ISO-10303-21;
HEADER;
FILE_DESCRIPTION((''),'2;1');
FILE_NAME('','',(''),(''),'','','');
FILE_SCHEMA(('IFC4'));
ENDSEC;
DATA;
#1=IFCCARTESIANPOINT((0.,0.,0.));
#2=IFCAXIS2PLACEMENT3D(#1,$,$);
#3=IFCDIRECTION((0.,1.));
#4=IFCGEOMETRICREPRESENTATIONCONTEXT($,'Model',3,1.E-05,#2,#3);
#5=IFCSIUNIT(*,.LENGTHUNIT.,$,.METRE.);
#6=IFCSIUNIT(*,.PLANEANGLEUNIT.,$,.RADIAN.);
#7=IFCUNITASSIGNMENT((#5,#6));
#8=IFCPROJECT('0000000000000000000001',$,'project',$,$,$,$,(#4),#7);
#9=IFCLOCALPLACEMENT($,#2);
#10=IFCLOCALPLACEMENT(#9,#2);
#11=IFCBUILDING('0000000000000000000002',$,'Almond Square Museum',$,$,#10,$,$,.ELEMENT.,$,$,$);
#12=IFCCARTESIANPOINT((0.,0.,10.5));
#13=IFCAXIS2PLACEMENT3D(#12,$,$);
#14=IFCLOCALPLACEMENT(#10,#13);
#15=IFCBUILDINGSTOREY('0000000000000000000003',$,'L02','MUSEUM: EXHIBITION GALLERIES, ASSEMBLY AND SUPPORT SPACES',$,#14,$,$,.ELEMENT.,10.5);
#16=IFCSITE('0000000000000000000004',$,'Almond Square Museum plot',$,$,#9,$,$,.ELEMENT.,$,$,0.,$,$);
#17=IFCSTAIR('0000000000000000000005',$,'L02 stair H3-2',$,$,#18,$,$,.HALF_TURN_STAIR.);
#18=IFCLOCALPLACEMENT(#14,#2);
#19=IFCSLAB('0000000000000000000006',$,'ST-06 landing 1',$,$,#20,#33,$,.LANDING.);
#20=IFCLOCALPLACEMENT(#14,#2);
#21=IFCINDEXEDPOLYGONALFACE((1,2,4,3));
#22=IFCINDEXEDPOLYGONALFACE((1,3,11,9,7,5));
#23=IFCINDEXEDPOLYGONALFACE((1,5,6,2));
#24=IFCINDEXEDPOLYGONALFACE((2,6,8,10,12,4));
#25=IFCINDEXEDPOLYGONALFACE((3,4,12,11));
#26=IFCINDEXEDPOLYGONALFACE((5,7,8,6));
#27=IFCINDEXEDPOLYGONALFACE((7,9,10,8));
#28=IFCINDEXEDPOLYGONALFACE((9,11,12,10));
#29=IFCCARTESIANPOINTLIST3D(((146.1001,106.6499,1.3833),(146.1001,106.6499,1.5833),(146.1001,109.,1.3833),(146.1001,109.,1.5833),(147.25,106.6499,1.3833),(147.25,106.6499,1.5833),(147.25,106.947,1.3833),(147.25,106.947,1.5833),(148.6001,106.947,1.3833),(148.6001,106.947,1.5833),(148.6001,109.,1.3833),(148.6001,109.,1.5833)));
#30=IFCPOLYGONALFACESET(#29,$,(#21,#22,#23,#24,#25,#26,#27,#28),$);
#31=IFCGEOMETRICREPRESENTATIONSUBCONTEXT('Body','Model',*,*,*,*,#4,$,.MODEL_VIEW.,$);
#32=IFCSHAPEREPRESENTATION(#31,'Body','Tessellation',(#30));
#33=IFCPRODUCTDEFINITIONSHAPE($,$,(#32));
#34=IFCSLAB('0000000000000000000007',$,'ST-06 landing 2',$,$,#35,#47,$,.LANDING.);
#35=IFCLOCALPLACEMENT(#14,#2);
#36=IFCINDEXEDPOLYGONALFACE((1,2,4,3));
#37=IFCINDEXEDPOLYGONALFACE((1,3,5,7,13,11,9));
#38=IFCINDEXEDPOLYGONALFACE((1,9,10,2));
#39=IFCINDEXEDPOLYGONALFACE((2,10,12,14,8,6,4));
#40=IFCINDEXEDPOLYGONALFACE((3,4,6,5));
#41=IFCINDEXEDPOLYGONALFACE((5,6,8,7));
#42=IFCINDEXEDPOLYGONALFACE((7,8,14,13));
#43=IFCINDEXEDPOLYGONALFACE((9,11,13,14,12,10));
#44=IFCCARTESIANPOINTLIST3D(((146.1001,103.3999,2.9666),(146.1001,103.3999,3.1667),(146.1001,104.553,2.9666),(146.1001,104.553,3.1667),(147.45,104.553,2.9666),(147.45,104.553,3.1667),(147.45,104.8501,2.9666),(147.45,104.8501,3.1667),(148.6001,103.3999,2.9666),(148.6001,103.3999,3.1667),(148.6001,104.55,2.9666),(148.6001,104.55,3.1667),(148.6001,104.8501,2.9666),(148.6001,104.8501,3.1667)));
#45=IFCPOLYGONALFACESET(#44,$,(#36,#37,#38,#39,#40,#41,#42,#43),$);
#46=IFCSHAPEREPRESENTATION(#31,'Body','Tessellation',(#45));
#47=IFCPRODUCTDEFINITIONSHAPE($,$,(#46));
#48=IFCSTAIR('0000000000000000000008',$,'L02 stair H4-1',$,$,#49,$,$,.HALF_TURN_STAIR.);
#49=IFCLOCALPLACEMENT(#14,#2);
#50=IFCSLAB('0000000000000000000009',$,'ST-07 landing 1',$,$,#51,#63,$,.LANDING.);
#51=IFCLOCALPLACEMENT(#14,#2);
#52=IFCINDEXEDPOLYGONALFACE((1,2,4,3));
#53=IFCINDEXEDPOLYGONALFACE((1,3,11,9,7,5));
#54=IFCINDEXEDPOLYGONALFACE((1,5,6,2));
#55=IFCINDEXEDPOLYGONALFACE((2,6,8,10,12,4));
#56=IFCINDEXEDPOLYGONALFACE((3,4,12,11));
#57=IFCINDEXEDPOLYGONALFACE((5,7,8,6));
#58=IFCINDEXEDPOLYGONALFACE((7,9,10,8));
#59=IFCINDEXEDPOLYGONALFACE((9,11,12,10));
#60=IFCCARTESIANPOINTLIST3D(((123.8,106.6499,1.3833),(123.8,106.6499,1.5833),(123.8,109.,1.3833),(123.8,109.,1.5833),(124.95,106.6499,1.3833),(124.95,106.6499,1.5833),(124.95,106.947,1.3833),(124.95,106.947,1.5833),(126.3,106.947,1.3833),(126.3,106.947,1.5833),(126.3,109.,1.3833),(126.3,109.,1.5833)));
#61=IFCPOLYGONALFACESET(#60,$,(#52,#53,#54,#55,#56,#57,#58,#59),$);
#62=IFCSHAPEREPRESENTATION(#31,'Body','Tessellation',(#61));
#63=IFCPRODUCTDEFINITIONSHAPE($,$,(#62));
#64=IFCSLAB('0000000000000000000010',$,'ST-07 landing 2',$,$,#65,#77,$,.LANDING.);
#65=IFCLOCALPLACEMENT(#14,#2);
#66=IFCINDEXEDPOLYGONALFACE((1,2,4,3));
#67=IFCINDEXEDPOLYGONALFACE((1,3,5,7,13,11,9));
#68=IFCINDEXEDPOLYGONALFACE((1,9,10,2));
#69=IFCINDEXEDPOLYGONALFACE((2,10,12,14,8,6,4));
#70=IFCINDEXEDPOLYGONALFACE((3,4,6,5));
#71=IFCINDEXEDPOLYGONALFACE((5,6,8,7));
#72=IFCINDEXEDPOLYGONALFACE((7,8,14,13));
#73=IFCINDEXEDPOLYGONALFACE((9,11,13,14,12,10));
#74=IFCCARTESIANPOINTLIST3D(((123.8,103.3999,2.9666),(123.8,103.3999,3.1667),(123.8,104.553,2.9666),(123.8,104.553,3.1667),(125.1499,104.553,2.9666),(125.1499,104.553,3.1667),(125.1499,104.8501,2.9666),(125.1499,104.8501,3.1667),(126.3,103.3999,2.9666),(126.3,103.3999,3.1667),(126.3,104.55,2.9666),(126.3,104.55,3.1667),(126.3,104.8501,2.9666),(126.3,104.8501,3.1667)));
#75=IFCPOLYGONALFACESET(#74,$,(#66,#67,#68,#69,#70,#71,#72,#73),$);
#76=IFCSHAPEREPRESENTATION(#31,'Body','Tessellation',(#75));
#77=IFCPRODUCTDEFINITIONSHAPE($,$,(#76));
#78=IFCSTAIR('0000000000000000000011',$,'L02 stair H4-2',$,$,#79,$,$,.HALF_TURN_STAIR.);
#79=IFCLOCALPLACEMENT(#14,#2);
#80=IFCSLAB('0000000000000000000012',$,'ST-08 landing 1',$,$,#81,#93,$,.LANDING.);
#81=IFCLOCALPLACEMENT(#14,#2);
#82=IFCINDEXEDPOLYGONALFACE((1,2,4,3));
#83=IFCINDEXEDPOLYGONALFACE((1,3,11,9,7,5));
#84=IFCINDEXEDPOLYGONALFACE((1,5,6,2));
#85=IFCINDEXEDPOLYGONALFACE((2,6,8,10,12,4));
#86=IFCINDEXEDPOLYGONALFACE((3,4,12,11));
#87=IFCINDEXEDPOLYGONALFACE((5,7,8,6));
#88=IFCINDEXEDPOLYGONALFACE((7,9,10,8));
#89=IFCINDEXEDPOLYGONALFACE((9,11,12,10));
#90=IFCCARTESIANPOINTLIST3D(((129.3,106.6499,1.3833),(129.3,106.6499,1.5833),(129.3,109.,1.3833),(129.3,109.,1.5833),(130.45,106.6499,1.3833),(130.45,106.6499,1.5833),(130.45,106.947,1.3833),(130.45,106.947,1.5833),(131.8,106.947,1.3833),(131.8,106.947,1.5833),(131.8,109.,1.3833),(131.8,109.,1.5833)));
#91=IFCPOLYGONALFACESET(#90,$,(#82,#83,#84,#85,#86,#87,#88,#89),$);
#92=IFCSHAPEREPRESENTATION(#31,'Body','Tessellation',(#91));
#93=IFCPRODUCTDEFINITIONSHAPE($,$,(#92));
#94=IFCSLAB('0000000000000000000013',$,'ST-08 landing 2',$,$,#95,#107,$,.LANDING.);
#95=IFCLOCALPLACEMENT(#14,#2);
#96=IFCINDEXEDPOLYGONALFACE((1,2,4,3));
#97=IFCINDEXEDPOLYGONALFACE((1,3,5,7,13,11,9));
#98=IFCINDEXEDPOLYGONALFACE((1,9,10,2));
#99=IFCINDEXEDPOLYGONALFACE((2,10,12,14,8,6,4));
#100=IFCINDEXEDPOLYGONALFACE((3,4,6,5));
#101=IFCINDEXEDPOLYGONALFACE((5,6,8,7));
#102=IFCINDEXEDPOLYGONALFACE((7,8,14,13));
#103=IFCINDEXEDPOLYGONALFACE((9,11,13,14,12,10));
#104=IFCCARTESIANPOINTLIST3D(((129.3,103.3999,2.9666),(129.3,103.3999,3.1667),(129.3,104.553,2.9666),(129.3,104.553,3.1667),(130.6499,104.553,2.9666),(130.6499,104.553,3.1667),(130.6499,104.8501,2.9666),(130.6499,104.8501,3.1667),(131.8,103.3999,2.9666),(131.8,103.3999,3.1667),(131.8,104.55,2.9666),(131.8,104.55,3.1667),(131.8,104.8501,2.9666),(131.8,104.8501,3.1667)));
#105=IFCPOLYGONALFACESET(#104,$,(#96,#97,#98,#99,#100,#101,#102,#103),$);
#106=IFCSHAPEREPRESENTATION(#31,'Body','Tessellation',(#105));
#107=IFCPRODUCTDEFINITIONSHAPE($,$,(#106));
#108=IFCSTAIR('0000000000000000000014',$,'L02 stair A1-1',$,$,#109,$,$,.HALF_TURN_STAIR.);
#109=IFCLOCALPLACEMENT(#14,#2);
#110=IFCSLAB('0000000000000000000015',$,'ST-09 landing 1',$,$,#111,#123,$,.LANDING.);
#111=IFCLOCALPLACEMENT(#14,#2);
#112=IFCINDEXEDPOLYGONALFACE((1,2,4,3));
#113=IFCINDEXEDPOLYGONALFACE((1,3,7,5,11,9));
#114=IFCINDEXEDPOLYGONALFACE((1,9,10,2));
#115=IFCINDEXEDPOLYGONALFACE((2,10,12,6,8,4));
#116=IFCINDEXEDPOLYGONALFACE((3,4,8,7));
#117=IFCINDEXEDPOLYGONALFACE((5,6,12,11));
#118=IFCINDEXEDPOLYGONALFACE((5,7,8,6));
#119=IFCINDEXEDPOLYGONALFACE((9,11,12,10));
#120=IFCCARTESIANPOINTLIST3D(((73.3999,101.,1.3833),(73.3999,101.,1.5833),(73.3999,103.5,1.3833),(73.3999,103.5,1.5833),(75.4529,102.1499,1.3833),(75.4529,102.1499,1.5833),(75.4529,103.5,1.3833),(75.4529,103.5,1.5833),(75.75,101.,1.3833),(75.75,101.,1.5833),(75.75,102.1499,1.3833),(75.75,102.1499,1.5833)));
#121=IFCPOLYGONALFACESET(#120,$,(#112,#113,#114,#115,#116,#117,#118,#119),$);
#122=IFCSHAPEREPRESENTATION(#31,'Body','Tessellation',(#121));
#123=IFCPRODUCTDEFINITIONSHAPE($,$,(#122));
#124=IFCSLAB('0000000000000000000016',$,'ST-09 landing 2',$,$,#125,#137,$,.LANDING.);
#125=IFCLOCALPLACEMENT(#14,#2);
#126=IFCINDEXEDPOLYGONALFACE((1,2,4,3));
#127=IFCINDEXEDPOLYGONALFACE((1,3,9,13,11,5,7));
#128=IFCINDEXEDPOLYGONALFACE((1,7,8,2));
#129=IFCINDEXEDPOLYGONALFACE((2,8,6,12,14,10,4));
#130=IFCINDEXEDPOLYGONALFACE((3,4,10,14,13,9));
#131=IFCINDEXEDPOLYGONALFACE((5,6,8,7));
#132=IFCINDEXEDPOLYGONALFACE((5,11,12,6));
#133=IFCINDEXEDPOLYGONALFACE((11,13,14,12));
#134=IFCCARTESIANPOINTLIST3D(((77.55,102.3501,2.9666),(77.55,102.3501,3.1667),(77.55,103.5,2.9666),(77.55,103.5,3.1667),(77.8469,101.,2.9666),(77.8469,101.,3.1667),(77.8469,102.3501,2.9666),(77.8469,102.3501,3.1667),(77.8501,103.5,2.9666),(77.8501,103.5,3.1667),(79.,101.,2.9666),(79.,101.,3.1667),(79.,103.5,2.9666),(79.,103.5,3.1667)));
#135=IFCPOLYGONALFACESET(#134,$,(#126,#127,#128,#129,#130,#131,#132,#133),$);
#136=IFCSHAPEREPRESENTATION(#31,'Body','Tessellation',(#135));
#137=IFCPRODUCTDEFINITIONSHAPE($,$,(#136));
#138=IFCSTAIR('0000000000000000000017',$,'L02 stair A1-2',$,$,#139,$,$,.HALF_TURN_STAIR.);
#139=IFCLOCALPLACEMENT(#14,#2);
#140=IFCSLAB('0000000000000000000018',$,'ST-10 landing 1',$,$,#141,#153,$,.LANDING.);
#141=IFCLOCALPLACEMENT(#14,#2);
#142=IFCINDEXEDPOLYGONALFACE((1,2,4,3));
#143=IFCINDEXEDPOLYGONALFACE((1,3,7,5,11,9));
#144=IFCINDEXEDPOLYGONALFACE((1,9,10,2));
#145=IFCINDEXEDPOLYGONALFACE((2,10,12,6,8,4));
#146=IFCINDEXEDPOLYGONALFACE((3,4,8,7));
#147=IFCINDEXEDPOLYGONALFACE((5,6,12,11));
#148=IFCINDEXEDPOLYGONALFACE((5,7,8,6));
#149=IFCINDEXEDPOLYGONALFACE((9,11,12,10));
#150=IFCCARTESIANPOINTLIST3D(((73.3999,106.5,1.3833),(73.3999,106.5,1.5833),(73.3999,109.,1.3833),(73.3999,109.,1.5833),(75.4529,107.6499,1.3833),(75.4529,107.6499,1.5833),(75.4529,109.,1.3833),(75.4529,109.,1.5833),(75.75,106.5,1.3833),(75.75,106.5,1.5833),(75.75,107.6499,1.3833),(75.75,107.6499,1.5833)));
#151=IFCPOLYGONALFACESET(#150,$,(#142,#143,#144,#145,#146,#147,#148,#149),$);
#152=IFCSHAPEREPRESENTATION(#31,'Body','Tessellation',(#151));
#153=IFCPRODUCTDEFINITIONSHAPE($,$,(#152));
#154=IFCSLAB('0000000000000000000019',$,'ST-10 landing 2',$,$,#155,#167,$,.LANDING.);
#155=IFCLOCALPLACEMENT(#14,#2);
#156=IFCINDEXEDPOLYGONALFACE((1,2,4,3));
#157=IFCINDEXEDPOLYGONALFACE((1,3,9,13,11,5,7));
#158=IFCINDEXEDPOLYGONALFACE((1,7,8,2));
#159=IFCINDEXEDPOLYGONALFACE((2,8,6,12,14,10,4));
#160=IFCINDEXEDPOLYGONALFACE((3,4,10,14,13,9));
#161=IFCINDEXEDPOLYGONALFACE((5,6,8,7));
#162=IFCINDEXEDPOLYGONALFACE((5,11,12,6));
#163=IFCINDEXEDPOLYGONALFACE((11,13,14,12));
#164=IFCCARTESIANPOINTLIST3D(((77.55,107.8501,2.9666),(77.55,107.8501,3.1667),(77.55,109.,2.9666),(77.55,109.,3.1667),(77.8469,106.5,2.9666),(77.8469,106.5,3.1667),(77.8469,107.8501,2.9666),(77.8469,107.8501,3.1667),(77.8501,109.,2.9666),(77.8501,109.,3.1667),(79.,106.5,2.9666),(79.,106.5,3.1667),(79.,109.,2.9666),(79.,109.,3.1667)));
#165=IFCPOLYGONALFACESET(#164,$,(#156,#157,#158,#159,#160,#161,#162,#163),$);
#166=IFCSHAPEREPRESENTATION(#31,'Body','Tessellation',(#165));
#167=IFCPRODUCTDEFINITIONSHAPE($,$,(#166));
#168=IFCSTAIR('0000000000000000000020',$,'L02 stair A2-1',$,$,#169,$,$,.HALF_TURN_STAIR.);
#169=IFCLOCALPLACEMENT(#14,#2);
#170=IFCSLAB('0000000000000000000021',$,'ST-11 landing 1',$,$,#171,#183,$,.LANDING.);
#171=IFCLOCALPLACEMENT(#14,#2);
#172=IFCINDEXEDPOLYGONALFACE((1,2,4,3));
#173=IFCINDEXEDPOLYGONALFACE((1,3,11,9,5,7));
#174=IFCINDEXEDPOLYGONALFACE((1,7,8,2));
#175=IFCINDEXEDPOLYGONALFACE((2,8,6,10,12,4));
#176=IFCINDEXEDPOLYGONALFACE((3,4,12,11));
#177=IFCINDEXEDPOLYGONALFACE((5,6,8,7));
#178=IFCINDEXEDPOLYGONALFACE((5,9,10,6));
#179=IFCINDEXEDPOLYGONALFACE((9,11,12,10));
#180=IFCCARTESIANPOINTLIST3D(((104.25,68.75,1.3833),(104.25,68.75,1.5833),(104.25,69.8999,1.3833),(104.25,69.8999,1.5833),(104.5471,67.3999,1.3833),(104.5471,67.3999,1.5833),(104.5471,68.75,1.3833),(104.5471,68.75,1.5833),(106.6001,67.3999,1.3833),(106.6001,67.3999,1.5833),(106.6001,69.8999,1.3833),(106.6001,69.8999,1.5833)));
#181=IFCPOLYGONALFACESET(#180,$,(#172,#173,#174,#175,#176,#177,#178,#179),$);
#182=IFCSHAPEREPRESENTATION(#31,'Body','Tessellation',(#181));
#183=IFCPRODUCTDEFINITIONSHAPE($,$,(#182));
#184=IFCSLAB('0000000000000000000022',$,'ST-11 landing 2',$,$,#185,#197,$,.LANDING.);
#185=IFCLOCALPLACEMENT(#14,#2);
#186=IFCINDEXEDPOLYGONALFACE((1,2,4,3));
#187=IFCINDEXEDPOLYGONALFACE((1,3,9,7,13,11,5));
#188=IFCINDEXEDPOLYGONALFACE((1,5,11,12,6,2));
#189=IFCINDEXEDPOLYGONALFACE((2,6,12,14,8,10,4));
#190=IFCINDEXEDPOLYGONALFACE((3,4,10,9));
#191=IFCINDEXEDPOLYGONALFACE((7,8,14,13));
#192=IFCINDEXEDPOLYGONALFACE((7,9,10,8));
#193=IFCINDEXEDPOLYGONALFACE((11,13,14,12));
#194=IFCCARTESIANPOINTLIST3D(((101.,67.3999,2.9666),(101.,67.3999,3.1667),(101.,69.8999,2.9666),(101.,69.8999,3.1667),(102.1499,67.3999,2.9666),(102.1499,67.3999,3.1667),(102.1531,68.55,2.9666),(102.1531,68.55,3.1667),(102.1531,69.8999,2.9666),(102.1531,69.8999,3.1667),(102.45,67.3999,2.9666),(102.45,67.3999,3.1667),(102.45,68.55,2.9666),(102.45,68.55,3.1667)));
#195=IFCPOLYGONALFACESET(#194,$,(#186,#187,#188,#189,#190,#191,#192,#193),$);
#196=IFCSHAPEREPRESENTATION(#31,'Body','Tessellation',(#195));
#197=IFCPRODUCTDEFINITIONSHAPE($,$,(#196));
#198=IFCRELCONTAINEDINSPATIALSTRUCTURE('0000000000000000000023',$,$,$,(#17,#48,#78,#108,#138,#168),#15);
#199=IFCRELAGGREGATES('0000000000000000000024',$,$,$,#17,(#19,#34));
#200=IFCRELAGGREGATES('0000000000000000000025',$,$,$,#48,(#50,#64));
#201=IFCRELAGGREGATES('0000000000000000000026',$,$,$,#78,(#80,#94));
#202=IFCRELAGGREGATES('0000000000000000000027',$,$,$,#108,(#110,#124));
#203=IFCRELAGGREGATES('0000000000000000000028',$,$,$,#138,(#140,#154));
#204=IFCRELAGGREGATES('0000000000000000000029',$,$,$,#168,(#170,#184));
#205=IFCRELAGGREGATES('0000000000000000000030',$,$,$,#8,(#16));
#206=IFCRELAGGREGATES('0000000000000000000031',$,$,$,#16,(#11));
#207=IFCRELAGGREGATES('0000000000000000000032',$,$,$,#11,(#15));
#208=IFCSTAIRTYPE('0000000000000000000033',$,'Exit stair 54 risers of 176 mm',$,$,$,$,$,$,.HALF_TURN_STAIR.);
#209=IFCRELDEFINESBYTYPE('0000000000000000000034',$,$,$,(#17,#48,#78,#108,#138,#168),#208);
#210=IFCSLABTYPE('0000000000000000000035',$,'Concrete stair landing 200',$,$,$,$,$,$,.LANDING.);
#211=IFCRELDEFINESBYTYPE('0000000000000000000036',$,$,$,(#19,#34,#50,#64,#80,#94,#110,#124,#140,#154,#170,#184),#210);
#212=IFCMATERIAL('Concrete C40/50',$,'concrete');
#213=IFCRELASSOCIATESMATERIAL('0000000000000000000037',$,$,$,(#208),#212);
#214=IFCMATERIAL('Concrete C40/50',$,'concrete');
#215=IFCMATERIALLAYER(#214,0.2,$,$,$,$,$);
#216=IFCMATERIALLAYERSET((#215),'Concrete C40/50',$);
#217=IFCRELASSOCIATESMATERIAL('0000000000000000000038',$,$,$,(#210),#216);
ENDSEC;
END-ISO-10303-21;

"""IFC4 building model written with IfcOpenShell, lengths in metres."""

from ifc_helpers import new_model, si_unit, direction, frame, origin, place, context, subcontext, project, spatial, polyline, outline, extrude, material, layer, layer_set, type_object, element, aggregate, save


model = new_model("IFC4")

# Units and contexts
model_context = context("Model", 3, precision=1e-05, world=origin(), true_north=direction((0.0, 1.0)))
body_context = subcontext(model_context, "Body", "Model", "MODEL_VIEW")
ifc_project = project(units=[si_unit("LENGTHUNIT", "METRE"), si_unit("PLANEANGLEUNIT", "RADIAN")], contexts=[model_context])

# Site, building, storey
site_placement = place(None, origin())
site = spatial("IfcSite", under=ifc_project, at=site_placement, Name="Almond Square Museum plot", CompositionType="ELEMENT", RefElevation=0.0)
building_placement = place(site_placement, origin())
building = spatial("IfcBuilding", under=site, at=building_placement, Name="Almond Square Museum", CompositionType="ELEMENT")
storey_placement = place(building_placement, frame((0.0, 0.0, 10.5)))
storey = spatial("IfcBuildingStorey", under=building, at=storey_placement, Name="L02", Description="MUSEUM: EXHIBITION GALLERIES, ASSEMBLY AND SUPPORT SPACES", CompositionType="ELEMENT", Elevation=10.5)

# Stairs, slabs
ifc_material_1 = material(Name="Concrete C40/50", Category="concrete")
stair_type = type_object("IfcStairType", Name="Exit stair 54 risers of 176 mm", PredefinedType="HALF_TURN_STAIR", material=ifc_material_1)
ifc_material_2 = material(Name="Concrete C40/50", Category="concrete")
ifc_layer_1 = layer(ifc_material_2, 0.2)
ifc_layer_set_1 = layer_set([ifc_layer_1], Name="Concrete C40/50")
slab_type_1 = type_object("IfcSlabType", Name="Concrete stair landing 200", PredefinedType="LANDING", material=ifc_layer_set_1)
stair_1_placement = place(storey_placement, origin())
stair_1 = element("IfcStair", 1, at=stair_1_placement, inside=storey, type_object=stair_type, Name="L02 stair H3-2", PredefinedType="HALF_TURN_STAIR")
slab_1_placement = place(storey_placement, frame((0.0, 0.0, 1.3833)))
slab_1 = element("IfcSlab", 2, at=slab_1_placement, type_object=slab_type_1, Name="ST-06 landing 1", PredefinedType="LANDING", context=body_context, shape_type="SweptSolid", body=[
    extrude(outline(polyline([(148.6001, 106.947), (148.6001, 109.0), (146.1001, 109.0), (146.1001, 106.6499), (147.25, 106.6499), (147.25, 106.947), (148.6001, 106.947)])), origin(), (0.0, 0.0, 1.0), 0.2),
])
slab_2_placement = place(storey_placement, frame((0.0, 0.0, 2.9666)))
slab_2 = element("IfcSlab", 3, at=slab_2_placement, type_object=slab_type_1, Name="ST-06 landing 2", PredefinedType="LANDING", context=body_context, shape_type="SweptSolid", body=[
    extrude(outline(polyline([(148.6001, 103.3999), (148.6001, 104.55), (148.6001, 104.8501), (147.45, 104.8501), (147.45, 104.553), (146.1001, 104.553), (146.1001, 103.3999), (148.6001, 103.3999)])), origin(), (0.0, 0.0, 1.0), 0.2002),
])
aggregate(stair_1, [slab_1, slab_2])
stair_2_placement = place(storey_placement, origin())
stair_2 = element("IfcStair", 4, at=stair_2_placement, inside=storey, type_object=stair_type, Name="L02 stair H4-1", PredefinedType="HALF_TURN_STAIR")
slab_3_placement = place(storey_placement, frame((0.0, 0.0, 1.3833)))
slab_3 = element("IfcSlab", 5, at=slab_3_placement, type_object=slab_type_1, Name="ST-07 landing 1", PredefinedType="LANDING", context=body_context, shape_type="SweptSolid", body=[
    extrude(outline(polyline([(126.3, 106.947), (126.3, 109.0), (123.8, 109.0), (123.8, 106.6499), (124.95, 106.6499), (124.95, 106.947), (126.3, 106.947)])), origin(), (0.0, 0.0, 1.0), 0.2),
])
slab_4_placement = place(storey_placement, frame((0.0, 0.0, 2.9666)))
slab_4 = element("IfcSlab", 6, at=slab_4_placement, type_object=slab_type_1, Name="ST-07 landing 2", PredefinedType="LANDING", context=body_context, shape_type="SweptSolid", body=[
    extrude(outline(polyline([(126.3, 103.3999), (126.3, 104.55), (126.3, 104.8501), (125.1499, 104.8501), (125.1499, 104.553), (123.8, 104.553), (123.8, 103.3999), (126.3, 103.3999)])), origin(), (0.0, 0.0, 1.0), 0.2002),
])
aggregate(stair_2, [slab_3, slab_4])
stair_3_placement = place(storey_placement, origin())
stair_3 = element("IfcStair", 7, at=stair_3_placement, inside=storey, type_object=stair_type, Name="L02 stair H4-2", PredefinedType="HALF_TURN_STAIR")
slab_5_placement = place(storey_placement, frame((0.0, 0.0, 1.3833)))
slab_5 = element("IfcSlab", 8, at=slab_5_placement, type_object=slab_type_1, Name="ST-08 landing 1", PredefinedType="LANDING", context=body_context, shape_type="SweptSolid", body=[
    extrude(outline(polyline([(131.8, 106.947), (131.8, 109.0), (129.3, 109.0), (129.3, 106.6499), (130.45, 106.6499), (130.45, 106.947), (131.8, 106.947)])), origin(), (0.0, 0.0, 1.0), 0.2),
])
slab_6_placement = place(storey_placement, frame((0.0, 0.0, 2.9666)))
slab_6 = element("IfcSlab", 9, at=slab_6_placement, type_object=slab_type_1, Name="ST-08 landing 2", PredefinedType="LANDING", context=body_context, shape_type="SweptSolid", body=[
    extrude(outline(polyline([(131.8, 103.3999), (131.8, 104.55), (131.8, 104.8501), (130.6499, 104.8501), (130.6499, 104.553), (129.3, 104.553), (129.3, 103.3999), (131.8, 103.3999)])), origin(), (0.0, 0.0, 1.0), 0.2002),
])
aggregate(stair_3, [slab_5, slab_6])
stair_4_placement = place(storey_placement, origin())
stair_4 = element("IfcStair", 10, at=stair_4_placement, inside=storey, type_object=stair_type, Name="L02 stair A1-1", PredefinedType="HALF_TURN_STAIR")
slab_7_placement = place(storey_placement, frame((0.0, 0.0, 1.3833)))
slab_7 = element("IfcSlab", 11, at=slab_7_placement, type_object=slab_type_1, Name="ST-09 landing 1", PredefinedType="LANDING", context=body_context, shape_type="SweptSolid", body=[
    extrude(outline(polyline([(75.4529, 103.5), (73.3999, 103.5), (73.3999, 101.0), (75.75, 101.0), (75.75, 102.1499), (75.4529, 102.1499), (75.4529, 103.5)])), origin(), (0.0, 0.0, 1.0), 0.2),
])
slab_8_placement = place(storey_placement, frame((0.0, 0.0, 2.9666)))
slab_8 = element("IfcSlab", 12, at=slab_8_placement, type_object=slab_type_1, Name="ST-09 landing 2", PredefinedType="LANDING", context=body_context, shape_type="SweptSolid", body=[
    extrude(outline(polyline([(79.0, 103.5), (77.8501, 103.5), (77.55, 103.5), (77.55, 102.3501), (77.8469, 102.3501), (77.8469, 101.0), (79.0, 101.0), (79.0, 103.5)])), origin(), (0.0, 0.0, 1.0), 0.2002),
])
aggregate(stair_4, [slab_7, slab_8])
stair_5_placement = place(storey_placement, origin())
stair_5 = element("IfcStair", 13, at=stair_5_placement, inside=storey, type_object=stair_type, Name="L02 stair A1-2", PredefinedType="HALF_TURN_STAIR")
slab_9_placement = place(storey_placement, frame((0.0, 0.0, 1.3833)))
slab_9 = element("IfcSlab", 14, at=slab_9_placement, type_object=slab_type_1, Name="ST-10 landing 1", PredefinedType="LANDING", context=body_context, shape_type="SweptSolid", body=[
    extrude(outline(polyline([(75.4529, 109.0), (73.3999, 109.0), (73.3999, 106.5), (75.75, 106.5), (75.75, 107.6499), (75.4529, 107.6499), (75.4529, 109.0)])), origin(), (0.0, 0.0, 1.0), 0.2),
])
slab_10_placement = place(storey_placement, frame((0.0, 0.0, 2.9666)))
slab_10 = element("IfcSlab", 15, at=slab_10_placement, type_object=slab_type_1, Name="ST-10 landing 2", PredefinedType="LANDING", context=body_context, shape_type="SweptSolid", body=[
    extrude(outline(polyline([(79.0, 109.0), (77.8501, 109.0), (77.55, 109.0), (77.55, 107.8501), (77.8469, 107.8501), (77.8469, 106.5), (79.0, 106.5), (79.0, 109.0)])), origin(), (0.0, 0.0, 1.0), 0.2002),
])
aggregate(stair_5, [slab_9, slab_10])
stair_6_placement = place(storey_placement, origin())
stair_6 = element("IfcStair", 16, at=stair_6_placement, inside=storey, type_object=stair_type, Name="L02 stair A2-1", PredefinedType="HALF_TURN_STAIR")
slab_11_placement = place(storey_placement, frame((0.0, 0.0, 1.3833)))
slab_11 = element("IfcSlab", 17, at=slab_11_placement, type_object=slab_type_1, Name="ST-11 landing 1", PredefinedType="LANDING", context=body_context, shape_type="SweptSolid", body=[
    extrude(outline(polyline([(104.5471, 67.3999), (106.6001, 67.3999), (106.6001, 69.8999), (104.25, 69.8999), (104.25, 68.75), (104.5471, 68.75), (104.5471, 67.3999)])), origin(), (0.0, 0.0, 1.0), 0.2),
])
slab_12_placement = place(storey_placement, frame((0.0, 0.0, 2.9666)))
slab_12 = element("IfcSlab", 18, at=slab_12_placement, type_object=slab_type_1, Name="ST-11 landing 2", PredefinedType="LANDING", context=body_context, shape_type="SweptSolid", body=[
    extrude(outline(polyline([(101.0, 67.3999), (102.1499, 67.3999), (102.45, 67.3999), (102.45, 68.55), (102.1531, 68.55), (102.1531, 69.8999), (101.0, 69.8999), (101.0, 67.3999)])), origin(), (0.0, 0.0, 1.0), 0.2002),
])
aggregate(stair_6, [slab_11, slab_12])

save(model, "model.ifc")
